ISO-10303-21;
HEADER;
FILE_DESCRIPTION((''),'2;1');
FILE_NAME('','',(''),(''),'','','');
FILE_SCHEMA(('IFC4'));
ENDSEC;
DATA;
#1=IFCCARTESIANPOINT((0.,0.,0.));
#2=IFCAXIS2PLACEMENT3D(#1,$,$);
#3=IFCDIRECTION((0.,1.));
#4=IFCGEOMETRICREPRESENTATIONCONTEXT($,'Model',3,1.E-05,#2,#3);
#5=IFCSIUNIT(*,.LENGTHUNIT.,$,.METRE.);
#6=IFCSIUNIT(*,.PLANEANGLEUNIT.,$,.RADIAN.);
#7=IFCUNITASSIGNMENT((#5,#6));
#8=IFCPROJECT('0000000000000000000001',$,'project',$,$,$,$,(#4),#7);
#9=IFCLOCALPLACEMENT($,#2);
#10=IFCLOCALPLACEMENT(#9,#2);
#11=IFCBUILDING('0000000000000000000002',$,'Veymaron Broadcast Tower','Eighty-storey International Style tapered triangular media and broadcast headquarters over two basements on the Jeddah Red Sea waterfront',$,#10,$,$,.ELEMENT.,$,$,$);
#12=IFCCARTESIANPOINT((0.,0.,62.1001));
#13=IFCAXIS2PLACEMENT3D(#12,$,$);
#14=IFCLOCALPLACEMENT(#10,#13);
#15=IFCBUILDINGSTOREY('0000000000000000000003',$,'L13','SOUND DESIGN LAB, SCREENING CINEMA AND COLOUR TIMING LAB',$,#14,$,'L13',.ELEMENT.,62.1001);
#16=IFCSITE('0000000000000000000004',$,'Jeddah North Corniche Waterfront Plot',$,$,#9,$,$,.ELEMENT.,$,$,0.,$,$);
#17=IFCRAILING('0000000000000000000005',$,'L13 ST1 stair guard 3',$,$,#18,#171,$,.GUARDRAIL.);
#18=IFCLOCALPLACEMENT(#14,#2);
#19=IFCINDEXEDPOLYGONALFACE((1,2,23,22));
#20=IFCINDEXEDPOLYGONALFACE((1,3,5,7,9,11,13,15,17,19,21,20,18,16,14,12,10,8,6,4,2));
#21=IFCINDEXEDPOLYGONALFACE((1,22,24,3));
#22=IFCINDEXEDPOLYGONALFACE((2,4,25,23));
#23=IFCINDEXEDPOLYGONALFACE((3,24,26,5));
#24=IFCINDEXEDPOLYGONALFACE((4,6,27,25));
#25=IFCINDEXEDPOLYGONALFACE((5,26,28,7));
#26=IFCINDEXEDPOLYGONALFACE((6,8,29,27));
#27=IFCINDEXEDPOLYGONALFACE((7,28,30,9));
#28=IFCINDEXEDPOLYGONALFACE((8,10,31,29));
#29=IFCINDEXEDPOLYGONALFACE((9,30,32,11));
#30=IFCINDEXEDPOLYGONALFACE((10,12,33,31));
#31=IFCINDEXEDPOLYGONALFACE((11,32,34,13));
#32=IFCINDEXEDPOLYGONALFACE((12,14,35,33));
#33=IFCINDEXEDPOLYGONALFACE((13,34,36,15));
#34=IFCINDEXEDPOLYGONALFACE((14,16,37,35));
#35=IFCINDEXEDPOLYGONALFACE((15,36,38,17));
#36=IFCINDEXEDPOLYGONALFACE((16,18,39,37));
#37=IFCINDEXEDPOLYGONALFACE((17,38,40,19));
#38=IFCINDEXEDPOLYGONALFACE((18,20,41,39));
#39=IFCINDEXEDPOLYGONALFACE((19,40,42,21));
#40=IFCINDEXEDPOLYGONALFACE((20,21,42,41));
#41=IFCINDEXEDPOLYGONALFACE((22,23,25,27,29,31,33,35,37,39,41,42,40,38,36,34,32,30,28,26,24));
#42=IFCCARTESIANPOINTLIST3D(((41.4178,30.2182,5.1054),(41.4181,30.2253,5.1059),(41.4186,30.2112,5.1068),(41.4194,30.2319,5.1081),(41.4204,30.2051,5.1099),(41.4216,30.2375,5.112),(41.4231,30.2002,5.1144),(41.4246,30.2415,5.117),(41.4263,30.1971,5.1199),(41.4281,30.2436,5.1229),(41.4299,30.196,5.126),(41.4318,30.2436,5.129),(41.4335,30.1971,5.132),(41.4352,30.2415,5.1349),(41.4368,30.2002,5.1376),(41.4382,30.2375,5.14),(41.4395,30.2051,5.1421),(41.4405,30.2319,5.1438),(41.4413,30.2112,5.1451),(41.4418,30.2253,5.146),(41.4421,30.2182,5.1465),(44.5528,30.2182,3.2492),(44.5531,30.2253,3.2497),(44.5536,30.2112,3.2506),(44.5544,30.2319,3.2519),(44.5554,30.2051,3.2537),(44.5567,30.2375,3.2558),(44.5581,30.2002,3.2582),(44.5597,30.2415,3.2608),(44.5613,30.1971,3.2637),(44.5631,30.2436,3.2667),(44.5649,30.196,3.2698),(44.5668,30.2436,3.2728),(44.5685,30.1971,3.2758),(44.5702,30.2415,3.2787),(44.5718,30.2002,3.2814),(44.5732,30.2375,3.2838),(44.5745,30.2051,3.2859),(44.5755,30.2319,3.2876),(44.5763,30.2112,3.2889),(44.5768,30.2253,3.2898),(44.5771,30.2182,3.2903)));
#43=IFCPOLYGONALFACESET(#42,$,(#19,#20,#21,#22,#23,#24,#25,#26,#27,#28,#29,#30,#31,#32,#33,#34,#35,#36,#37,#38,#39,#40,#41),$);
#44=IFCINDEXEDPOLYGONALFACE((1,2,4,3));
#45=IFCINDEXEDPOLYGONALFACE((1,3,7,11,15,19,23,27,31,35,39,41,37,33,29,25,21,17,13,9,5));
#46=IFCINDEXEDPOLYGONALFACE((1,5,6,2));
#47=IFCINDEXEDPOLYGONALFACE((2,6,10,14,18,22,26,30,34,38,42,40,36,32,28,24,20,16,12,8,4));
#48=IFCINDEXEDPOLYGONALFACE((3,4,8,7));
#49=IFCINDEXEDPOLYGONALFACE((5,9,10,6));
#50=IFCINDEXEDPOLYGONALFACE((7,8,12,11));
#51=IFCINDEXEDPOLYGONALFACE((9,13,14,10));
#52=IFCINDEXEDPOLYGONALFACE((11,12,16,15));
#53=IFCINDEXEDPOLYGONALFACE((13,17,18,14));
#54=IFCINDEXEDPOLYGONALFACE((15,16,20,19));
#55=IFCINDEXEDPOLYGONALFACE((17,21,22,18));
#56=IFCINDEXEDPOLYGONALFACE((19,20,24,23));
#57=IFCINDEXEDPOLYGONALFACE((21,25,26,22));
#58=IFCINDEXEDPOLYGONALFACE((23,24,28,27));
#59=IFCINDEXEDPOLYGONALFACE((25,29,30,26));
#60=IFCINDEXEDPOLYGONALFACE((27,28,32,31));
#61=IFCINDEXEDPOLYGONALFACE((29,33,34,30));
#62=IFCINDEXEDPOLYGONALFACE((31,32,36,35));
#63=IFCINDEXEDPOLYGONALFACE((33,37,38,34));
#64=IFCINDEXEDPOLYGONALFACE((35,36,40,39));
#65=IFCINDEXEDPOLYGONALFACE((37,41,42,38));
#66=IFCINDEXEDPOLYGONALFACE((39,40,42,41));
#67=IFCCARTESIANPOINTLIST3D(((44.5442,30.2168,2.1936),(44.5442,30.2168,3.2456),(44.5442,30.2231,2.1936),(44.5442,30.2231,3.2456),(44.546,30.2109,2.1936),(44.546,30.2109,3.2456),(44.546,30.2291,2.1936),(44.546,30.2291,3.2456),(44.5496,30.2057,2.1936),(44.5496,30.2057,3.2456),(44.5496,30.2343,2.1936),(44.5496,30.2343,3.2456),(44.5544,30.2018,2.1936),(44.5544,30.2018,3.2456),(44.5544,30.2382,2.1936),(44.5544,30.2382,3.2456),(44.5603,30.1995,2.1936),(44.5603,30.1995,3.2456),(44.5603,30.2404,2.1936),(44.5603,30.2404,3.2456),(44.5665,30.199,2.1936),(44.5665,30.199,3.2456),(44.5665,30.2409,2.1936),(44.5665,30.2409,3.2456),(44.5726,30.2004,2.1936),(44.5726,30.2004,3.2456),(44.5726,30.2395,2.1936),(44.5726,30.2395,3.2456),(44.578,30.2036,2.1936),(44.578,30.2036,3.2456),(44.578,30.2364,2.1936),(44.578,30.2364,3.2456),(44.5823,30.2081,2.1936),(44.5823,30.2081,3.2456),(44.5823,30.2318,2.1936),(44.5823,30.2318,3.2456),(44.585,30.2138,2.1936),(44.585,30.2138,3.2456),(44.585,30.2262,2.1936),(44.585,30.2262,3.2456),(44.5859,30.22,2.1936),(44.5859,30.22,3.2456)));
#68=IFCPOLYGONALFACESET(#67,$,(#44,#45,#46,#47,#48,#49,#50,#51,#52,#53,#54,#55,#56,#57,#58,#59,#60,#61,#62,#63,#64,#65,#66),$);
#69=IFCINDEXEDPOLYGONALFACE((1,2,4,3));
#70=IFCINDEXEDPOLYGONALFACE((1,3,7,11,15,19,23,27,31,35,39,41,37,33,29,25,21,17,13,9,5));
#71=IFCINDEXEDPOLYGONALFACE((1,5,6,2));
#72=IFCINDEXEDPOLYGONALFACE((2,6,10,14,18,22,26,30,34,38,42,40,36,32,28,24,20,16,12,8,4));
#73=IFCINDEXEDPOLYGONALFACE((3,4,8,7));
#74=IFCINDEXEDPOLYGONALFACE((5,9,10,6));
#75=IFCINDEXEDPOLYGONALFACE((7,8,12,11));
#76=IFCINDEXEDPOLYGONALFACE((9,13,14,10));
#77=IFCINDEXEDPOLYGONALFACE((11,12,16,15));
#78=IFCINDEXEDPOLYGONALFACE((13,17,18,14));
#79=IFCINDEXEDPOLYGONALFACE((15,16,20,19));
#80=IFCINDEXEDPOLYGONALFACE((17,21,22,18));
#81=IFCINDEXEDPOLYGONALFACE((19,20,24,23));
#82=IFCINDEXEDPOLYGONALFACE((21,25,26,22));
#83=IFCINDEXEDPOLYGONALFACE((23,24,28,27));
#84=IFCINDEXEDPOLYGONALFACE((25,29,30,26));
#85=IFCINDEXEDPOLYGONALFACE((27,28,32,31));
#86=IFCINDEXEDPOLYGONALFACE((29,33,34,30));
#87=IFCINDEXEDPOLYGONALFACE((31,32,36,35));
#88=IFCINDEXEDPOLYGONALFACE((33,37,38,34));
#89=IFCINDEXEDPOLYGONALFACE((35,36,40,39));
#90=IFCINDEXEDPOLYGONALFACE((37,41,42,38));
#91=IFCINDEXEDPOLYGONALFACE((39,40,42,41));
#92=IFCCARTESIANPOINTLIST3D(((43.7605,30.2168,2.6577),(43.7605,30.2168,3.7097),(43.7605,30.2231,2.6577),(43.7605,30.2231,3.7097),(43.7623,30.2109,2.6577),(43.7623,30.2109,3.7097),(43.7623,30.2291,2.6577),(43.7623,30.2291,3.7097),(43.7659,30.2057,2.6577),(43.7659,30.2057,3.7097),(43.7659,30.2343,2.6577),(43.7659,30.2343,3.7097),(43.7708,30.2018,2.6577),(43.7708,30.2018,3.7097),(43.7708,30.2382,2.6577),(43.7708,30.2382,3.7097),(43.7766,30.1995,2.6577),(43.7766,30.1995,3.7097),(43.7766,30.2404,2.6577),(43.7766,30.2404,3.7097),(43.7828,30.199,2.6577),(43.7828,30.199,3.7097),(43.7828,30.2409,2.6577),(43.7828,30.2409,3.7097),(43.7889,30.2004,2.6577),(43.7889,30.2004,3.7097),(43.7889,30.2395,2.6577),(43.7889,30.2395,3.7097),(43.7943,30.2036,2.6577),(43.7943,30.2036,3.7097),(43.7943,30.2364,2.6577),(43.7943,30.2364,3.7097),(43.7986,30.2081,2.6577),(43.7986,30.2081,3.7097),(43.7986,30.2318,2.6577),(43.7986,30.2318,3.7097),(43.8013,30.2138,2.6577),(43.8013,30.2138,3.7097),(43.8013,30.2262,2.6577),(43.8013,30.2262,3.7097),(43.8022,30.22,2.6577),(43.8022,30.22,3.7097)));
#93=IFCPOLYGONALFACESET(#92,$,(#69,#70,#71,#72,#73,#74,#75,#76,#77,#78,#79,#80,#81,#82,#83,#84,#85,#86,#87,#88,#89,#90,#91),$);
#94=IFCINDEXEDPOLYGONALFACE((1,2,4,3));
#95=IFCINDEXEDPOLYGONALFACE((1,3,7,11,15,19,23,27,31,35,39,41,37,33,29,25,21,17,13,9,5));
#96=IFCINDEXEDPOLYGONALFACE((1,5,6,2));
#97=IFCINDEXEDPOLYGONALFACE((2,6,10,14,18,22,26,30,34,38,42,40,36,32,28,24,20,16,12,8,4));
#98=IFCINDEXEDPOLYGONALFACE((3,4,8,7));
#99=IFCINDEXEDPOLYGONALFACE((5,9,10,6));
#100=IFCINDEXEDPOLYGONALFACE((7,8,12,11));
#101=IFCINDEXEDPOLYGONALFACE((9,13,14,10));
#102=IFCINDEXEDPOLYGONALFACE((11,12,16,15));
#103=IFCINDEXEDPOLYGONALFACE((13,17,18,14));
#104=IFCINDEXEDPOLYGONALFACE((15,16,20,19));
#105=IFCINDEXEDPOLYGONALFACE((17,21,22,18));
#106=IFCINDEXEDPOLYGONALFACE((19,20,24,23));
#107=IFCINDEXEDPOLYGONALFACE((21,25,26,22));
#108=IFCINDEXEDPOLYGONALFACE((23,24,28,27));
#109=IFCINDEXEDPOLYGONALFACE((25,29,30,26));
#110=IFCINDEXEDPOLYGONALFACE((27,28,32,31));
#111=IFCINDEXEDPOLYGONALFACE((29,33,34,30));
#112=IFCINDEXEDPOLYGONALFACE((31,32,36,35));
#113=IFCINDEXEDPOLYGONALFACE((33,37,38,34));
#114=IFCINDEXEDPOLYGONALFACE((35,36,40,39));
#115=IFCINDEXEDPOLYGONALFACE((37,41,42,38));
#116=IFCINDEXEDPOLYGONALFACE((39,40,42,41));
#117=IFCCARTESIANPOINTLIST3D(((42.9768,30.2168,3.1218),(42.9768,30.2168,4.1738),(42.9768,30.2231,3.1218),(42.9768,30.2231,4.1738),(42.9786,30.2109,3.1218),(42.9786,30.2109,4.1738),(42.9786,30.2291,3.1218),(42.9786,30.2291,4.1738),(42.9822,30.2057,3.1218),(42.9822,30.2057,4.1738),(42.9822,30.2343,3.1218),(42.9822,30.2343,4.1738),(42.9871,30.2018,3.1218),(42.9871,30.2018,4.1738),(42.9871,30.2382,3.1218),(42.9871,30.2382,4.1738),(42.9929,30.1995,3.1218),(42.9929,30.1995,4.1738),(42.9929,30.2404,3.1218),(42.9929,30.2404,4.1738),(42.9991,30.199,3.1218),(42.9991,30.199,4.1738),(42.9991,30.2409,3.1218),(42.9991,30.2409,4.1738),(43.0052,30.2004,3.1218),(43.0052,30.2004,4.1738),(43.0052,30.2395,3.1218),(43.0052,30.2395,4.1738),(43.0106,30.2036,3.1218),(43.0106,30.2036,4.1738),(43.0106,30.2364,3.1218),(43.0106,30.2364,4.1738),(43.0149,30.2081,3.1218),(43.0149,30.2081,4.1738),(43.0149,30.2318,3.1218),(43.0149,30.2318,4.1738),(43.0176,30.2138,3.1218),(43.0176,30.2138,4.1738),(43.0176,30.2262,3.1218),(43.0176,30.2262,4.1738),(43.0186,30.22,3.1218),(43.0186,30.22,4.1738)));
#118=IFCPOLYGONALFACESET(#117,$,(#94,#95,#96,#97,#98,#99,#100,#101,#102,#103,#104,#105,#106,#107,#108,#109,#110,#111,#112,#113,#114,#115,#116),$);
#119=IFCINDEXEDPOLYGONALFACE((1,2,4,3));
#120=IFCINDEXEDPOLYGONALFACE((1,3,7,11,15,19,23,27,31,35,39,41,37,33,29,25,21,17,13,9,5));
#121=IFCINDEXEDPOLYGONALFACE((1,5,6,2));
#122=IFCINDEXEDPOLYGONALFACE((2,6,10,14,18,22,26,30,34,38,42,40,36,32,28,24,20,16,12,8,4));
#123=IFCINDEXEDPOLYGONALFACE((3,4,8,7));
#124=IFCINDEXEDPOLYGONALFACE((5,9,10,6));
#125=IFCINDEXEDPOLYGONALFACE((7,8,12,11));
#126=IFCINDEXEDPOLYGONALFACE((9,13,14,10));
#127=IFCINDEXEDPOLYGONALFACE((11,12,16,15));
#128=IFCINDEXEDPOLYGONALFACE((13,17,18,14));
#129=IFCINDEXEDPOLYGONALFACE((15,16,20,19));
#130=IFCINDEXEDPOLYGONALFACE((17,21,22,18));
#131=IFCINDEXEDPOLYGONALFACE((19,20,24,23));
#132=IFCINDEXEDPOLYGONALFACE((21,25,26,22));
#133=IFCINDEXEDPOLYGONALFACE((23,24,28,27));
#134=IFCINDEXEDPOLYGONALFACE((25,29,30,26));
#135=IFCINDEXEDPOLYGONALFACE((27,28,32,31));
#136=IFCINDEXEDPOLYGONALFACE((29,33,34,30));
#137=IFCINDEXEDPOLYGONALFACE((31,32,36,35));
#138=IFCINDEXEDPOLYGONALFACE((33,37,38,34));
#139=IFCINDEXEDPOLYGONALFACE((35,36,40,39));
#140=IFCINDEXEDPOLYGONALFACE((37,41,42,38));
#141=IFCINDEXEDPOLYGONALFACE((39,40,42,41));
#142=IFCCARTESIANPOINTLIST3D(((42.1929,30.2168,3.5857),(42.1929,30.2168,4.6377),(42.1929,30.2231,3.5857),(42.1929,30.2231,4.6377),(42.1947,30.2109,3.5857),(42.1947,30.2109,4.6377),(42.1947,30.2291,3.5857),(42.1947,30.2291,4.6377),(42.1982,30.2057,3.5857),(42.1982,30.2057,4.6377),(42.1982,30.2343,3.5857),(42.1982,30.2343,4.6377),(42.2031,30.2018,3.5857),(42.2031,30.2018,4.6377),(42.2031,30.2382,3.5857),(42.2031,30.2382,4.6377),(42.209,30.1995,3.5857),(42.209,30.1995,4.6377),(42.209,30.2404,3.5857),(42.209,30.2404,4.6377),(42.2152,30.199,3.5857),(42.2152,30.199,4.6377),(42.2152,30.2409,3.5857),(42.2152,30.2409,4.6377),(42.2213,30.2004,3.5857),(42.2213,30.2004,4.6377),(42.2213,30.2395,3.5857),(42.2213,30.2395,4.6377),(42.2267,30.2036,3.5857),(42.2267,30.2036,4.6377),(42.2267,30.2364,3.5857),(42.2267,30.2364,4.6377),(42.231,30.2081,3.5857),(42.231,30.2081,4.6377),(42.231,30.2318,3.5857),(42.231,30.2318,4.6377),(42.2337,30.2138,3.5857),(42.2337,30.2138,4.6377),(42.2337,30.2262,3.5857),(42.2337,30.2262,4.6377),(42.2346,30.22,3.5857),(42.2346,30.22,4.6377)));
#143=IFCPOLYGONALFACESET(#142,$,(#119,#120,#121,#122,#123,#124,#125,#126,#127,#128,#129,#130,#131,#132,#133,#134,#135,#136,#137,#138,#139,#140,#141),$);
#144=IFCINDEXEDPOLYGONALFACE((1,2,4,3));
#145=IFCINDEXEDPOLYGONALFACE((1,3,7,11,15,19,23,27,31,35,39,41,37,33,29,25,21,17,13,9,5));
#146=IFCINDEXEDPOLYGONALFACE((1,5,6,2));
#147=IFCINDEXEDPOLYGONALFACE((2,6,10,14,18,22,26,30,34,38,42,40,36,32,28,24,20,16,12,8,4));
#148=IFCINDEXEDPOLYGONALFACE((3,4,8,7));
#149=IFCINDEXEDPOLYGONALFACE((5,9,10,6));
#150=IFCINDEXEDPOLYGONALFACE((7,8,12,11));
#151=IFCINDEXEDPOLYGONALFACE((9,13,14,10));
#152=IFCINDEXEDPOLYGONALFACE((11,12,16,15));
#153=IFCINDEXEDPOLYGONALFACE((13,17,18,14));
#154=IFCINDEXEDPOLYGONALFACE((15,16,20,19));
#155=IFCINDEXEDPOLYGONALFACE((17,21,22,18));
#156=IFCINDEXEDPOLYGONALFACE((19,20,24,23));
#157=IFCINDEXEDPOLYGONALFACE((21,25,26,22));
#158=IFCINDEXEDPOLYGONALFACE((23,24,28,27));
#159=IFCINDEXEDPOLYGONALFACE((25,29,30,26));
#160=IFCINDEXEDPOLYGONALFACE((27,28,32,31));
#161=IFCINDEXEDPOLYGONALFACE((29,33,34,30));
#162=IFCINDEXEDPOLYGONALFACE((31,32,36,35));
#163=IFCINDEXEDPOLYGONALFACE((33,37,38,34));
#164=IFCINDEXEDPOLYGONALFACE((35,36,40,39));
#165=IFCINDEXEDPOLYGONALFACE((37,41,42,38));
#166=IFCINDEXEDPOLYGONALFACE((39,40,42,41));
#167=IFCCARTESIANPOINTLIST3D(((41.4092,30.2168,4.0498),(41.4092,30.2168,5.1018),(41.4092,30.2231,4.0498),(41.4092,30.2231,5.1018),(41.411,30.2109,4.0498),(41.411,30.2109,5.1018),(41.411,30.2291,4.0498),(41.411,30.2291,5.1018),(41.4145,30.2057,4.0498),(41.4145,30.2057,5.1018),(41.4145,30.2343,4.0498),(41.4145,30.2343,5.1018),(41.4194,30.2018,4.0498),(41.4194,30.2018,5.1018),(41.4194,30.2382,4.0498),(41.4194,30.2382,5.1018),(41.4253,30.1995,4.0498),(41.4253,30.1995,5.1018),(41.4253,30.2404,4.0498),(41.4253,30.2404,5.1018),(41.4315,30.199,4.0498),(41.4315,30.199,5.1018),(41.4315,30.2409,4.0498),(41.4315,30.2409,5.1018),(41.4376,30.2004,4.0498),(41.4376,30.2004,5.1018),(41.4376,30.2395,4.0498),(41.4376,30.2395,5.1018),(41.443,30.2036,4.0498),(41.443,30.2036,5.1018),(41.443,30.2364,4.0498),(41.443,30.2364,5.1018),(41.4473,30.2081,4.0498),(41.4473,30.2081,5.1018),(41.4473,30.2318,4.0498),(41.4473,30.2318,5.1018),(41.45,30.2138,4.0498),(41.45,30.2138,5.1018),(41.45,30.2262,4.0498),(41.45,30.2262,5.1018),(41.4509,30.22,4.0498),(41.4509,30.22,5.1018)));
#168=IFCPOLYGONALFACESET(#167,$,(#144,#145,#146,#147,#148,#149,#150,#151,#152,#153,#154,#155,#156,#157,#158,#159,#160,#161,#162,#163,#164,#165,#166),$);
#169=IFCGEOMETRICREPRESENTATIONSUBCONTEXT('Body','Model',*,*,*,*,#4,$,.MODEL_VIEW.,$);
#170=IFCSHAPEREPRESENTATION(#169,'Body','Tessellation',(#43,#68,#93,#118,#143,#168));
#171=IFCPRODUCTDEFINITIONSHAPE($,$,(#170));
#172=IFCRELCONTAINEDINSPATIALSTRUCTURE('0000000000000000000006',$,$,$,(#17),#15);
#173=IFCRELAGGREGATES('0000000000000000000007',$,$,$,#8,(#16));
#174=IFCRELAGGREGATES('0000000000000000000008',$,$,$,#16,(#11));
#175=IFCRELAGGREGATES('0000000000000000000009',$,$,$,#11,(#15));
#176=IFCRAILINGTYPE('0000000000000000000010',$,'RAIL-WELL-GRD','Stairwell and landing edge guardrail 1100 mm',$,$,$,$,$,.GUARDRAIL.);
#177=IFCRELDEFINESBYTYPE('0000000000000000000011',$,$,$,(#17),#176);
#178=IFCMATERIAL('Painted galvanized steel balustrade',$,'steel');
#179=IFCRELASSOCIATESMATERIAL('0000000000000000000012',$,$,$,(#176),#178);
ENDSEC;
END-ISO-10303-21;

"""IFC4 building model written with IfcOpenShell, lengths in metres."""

from ifc_helpers import new_model, si_unit, direction, frame, origin, origin_2d, place, context, subcontext, project, spatial, circle, extrude, material, type_object, element, save


model = new_model("IFC4")

# Units and contexts
model_context = context("Model", 3, precision=1e-05, world=origin(), true_north=direction((0.0, 1.0)))
body_context = subcontext(model_context, "Body", "Model", "MODEL_VIEW")
ifc_project = project(units=[si_unit("LENGTHUNIT", "METRE"), si_unit("PLANEANGLEUNIT", "RADIAN")], contexts=[model_context])

# Site, building, storey
site_placement = place(None, origin())
site = spatial("IfcSite", under=ifc_project, at=site_placement, Name="Jeddah North Corniche Waterfront Plot", CompositionType="ELEMENT", RefElevation=0.0)
building_placement = place(site_placement, origin())
building = spatial("IfcBuilding", under=site, at=building_placement, Name="Veymaron Broadcast Tower", Description="Eighty-storey International Style tapered triangular media and broadcast headquarters over two basements on the Jeddah Red Sea waterfront", CompositionType="ELEMENT")
storey_placement = place(building_placement, frame((0.0, 0.0, 62.1001)))
storey = spatial("IfcBuildingStorey", under=building, at=storey_placement, Name="L13", Description="SOUND DESIGN LAB, SCREENING CINEMA AND COLOUR TIMING LAB", LongName="L13", CompositionType="ELEMENT", Elevation=62.1001)

# Railing
ifc_material_1 = material(Name="Painted galvanized steel balustrade", Category="steel")
railing_type_1 = type_object("IfcRailingType", Name="RAIL-WELL-GRD", Description="Stairwell and landing edge guardrail 1100 mm", PredefinedType="GUARDRAIL", material=ifc_material_1)
railing_1_placement = place(storey_placement, frame((44.5649, 30.22, 2.1936)))
element("IfcRailing", 1, at=railing_1_placement, inside=storey, type_object=railing_type_1, Name="L13 ST1 stair guard 3", PredefinedType="GUARDRAIL", context=body_context, shape_type="SweptSolid", body=[
    extrude(circle(Radius=0.0239, at=origin_2d()), frame((0.0, 0.0, 1.0762), z_axis=(-0.860482, 0.0, 0.509481), x_axis=(0.0, -1.0, 0.0)), (0.0, 0.0, 1.0), 3.6433),
    extrude(circle(Radius=0.021, at=origin_2d()), origin(), (0.0, 0.0, 1.0), 1.052),
    extrude(circle(Radius=0.021, at=origin_2d()), frame((-0.7837, 0.0, 0.4641)), (0.0, 0.0, 1.0), 1.052),
    extrude(circle(Radius=0.021, at=origin_2d()), frame((-1.5674, 0.0, 0.9282)), (0.0, 0.0, 1.0), 1.052),
    extrude(circle(Radius=0.021, at=origin_2d()), frame((-2.3513, 0.0, 1.3921)), (0.0, 0.0, 1.0), 1.052),
    extrude(circle(Radius=0.021, at=origin_2d()), frame((-3.135, 0.0, 1.8562)), (0.0, 0.0, 1.0), 1.052),
])

save(model, "model.ifc")
